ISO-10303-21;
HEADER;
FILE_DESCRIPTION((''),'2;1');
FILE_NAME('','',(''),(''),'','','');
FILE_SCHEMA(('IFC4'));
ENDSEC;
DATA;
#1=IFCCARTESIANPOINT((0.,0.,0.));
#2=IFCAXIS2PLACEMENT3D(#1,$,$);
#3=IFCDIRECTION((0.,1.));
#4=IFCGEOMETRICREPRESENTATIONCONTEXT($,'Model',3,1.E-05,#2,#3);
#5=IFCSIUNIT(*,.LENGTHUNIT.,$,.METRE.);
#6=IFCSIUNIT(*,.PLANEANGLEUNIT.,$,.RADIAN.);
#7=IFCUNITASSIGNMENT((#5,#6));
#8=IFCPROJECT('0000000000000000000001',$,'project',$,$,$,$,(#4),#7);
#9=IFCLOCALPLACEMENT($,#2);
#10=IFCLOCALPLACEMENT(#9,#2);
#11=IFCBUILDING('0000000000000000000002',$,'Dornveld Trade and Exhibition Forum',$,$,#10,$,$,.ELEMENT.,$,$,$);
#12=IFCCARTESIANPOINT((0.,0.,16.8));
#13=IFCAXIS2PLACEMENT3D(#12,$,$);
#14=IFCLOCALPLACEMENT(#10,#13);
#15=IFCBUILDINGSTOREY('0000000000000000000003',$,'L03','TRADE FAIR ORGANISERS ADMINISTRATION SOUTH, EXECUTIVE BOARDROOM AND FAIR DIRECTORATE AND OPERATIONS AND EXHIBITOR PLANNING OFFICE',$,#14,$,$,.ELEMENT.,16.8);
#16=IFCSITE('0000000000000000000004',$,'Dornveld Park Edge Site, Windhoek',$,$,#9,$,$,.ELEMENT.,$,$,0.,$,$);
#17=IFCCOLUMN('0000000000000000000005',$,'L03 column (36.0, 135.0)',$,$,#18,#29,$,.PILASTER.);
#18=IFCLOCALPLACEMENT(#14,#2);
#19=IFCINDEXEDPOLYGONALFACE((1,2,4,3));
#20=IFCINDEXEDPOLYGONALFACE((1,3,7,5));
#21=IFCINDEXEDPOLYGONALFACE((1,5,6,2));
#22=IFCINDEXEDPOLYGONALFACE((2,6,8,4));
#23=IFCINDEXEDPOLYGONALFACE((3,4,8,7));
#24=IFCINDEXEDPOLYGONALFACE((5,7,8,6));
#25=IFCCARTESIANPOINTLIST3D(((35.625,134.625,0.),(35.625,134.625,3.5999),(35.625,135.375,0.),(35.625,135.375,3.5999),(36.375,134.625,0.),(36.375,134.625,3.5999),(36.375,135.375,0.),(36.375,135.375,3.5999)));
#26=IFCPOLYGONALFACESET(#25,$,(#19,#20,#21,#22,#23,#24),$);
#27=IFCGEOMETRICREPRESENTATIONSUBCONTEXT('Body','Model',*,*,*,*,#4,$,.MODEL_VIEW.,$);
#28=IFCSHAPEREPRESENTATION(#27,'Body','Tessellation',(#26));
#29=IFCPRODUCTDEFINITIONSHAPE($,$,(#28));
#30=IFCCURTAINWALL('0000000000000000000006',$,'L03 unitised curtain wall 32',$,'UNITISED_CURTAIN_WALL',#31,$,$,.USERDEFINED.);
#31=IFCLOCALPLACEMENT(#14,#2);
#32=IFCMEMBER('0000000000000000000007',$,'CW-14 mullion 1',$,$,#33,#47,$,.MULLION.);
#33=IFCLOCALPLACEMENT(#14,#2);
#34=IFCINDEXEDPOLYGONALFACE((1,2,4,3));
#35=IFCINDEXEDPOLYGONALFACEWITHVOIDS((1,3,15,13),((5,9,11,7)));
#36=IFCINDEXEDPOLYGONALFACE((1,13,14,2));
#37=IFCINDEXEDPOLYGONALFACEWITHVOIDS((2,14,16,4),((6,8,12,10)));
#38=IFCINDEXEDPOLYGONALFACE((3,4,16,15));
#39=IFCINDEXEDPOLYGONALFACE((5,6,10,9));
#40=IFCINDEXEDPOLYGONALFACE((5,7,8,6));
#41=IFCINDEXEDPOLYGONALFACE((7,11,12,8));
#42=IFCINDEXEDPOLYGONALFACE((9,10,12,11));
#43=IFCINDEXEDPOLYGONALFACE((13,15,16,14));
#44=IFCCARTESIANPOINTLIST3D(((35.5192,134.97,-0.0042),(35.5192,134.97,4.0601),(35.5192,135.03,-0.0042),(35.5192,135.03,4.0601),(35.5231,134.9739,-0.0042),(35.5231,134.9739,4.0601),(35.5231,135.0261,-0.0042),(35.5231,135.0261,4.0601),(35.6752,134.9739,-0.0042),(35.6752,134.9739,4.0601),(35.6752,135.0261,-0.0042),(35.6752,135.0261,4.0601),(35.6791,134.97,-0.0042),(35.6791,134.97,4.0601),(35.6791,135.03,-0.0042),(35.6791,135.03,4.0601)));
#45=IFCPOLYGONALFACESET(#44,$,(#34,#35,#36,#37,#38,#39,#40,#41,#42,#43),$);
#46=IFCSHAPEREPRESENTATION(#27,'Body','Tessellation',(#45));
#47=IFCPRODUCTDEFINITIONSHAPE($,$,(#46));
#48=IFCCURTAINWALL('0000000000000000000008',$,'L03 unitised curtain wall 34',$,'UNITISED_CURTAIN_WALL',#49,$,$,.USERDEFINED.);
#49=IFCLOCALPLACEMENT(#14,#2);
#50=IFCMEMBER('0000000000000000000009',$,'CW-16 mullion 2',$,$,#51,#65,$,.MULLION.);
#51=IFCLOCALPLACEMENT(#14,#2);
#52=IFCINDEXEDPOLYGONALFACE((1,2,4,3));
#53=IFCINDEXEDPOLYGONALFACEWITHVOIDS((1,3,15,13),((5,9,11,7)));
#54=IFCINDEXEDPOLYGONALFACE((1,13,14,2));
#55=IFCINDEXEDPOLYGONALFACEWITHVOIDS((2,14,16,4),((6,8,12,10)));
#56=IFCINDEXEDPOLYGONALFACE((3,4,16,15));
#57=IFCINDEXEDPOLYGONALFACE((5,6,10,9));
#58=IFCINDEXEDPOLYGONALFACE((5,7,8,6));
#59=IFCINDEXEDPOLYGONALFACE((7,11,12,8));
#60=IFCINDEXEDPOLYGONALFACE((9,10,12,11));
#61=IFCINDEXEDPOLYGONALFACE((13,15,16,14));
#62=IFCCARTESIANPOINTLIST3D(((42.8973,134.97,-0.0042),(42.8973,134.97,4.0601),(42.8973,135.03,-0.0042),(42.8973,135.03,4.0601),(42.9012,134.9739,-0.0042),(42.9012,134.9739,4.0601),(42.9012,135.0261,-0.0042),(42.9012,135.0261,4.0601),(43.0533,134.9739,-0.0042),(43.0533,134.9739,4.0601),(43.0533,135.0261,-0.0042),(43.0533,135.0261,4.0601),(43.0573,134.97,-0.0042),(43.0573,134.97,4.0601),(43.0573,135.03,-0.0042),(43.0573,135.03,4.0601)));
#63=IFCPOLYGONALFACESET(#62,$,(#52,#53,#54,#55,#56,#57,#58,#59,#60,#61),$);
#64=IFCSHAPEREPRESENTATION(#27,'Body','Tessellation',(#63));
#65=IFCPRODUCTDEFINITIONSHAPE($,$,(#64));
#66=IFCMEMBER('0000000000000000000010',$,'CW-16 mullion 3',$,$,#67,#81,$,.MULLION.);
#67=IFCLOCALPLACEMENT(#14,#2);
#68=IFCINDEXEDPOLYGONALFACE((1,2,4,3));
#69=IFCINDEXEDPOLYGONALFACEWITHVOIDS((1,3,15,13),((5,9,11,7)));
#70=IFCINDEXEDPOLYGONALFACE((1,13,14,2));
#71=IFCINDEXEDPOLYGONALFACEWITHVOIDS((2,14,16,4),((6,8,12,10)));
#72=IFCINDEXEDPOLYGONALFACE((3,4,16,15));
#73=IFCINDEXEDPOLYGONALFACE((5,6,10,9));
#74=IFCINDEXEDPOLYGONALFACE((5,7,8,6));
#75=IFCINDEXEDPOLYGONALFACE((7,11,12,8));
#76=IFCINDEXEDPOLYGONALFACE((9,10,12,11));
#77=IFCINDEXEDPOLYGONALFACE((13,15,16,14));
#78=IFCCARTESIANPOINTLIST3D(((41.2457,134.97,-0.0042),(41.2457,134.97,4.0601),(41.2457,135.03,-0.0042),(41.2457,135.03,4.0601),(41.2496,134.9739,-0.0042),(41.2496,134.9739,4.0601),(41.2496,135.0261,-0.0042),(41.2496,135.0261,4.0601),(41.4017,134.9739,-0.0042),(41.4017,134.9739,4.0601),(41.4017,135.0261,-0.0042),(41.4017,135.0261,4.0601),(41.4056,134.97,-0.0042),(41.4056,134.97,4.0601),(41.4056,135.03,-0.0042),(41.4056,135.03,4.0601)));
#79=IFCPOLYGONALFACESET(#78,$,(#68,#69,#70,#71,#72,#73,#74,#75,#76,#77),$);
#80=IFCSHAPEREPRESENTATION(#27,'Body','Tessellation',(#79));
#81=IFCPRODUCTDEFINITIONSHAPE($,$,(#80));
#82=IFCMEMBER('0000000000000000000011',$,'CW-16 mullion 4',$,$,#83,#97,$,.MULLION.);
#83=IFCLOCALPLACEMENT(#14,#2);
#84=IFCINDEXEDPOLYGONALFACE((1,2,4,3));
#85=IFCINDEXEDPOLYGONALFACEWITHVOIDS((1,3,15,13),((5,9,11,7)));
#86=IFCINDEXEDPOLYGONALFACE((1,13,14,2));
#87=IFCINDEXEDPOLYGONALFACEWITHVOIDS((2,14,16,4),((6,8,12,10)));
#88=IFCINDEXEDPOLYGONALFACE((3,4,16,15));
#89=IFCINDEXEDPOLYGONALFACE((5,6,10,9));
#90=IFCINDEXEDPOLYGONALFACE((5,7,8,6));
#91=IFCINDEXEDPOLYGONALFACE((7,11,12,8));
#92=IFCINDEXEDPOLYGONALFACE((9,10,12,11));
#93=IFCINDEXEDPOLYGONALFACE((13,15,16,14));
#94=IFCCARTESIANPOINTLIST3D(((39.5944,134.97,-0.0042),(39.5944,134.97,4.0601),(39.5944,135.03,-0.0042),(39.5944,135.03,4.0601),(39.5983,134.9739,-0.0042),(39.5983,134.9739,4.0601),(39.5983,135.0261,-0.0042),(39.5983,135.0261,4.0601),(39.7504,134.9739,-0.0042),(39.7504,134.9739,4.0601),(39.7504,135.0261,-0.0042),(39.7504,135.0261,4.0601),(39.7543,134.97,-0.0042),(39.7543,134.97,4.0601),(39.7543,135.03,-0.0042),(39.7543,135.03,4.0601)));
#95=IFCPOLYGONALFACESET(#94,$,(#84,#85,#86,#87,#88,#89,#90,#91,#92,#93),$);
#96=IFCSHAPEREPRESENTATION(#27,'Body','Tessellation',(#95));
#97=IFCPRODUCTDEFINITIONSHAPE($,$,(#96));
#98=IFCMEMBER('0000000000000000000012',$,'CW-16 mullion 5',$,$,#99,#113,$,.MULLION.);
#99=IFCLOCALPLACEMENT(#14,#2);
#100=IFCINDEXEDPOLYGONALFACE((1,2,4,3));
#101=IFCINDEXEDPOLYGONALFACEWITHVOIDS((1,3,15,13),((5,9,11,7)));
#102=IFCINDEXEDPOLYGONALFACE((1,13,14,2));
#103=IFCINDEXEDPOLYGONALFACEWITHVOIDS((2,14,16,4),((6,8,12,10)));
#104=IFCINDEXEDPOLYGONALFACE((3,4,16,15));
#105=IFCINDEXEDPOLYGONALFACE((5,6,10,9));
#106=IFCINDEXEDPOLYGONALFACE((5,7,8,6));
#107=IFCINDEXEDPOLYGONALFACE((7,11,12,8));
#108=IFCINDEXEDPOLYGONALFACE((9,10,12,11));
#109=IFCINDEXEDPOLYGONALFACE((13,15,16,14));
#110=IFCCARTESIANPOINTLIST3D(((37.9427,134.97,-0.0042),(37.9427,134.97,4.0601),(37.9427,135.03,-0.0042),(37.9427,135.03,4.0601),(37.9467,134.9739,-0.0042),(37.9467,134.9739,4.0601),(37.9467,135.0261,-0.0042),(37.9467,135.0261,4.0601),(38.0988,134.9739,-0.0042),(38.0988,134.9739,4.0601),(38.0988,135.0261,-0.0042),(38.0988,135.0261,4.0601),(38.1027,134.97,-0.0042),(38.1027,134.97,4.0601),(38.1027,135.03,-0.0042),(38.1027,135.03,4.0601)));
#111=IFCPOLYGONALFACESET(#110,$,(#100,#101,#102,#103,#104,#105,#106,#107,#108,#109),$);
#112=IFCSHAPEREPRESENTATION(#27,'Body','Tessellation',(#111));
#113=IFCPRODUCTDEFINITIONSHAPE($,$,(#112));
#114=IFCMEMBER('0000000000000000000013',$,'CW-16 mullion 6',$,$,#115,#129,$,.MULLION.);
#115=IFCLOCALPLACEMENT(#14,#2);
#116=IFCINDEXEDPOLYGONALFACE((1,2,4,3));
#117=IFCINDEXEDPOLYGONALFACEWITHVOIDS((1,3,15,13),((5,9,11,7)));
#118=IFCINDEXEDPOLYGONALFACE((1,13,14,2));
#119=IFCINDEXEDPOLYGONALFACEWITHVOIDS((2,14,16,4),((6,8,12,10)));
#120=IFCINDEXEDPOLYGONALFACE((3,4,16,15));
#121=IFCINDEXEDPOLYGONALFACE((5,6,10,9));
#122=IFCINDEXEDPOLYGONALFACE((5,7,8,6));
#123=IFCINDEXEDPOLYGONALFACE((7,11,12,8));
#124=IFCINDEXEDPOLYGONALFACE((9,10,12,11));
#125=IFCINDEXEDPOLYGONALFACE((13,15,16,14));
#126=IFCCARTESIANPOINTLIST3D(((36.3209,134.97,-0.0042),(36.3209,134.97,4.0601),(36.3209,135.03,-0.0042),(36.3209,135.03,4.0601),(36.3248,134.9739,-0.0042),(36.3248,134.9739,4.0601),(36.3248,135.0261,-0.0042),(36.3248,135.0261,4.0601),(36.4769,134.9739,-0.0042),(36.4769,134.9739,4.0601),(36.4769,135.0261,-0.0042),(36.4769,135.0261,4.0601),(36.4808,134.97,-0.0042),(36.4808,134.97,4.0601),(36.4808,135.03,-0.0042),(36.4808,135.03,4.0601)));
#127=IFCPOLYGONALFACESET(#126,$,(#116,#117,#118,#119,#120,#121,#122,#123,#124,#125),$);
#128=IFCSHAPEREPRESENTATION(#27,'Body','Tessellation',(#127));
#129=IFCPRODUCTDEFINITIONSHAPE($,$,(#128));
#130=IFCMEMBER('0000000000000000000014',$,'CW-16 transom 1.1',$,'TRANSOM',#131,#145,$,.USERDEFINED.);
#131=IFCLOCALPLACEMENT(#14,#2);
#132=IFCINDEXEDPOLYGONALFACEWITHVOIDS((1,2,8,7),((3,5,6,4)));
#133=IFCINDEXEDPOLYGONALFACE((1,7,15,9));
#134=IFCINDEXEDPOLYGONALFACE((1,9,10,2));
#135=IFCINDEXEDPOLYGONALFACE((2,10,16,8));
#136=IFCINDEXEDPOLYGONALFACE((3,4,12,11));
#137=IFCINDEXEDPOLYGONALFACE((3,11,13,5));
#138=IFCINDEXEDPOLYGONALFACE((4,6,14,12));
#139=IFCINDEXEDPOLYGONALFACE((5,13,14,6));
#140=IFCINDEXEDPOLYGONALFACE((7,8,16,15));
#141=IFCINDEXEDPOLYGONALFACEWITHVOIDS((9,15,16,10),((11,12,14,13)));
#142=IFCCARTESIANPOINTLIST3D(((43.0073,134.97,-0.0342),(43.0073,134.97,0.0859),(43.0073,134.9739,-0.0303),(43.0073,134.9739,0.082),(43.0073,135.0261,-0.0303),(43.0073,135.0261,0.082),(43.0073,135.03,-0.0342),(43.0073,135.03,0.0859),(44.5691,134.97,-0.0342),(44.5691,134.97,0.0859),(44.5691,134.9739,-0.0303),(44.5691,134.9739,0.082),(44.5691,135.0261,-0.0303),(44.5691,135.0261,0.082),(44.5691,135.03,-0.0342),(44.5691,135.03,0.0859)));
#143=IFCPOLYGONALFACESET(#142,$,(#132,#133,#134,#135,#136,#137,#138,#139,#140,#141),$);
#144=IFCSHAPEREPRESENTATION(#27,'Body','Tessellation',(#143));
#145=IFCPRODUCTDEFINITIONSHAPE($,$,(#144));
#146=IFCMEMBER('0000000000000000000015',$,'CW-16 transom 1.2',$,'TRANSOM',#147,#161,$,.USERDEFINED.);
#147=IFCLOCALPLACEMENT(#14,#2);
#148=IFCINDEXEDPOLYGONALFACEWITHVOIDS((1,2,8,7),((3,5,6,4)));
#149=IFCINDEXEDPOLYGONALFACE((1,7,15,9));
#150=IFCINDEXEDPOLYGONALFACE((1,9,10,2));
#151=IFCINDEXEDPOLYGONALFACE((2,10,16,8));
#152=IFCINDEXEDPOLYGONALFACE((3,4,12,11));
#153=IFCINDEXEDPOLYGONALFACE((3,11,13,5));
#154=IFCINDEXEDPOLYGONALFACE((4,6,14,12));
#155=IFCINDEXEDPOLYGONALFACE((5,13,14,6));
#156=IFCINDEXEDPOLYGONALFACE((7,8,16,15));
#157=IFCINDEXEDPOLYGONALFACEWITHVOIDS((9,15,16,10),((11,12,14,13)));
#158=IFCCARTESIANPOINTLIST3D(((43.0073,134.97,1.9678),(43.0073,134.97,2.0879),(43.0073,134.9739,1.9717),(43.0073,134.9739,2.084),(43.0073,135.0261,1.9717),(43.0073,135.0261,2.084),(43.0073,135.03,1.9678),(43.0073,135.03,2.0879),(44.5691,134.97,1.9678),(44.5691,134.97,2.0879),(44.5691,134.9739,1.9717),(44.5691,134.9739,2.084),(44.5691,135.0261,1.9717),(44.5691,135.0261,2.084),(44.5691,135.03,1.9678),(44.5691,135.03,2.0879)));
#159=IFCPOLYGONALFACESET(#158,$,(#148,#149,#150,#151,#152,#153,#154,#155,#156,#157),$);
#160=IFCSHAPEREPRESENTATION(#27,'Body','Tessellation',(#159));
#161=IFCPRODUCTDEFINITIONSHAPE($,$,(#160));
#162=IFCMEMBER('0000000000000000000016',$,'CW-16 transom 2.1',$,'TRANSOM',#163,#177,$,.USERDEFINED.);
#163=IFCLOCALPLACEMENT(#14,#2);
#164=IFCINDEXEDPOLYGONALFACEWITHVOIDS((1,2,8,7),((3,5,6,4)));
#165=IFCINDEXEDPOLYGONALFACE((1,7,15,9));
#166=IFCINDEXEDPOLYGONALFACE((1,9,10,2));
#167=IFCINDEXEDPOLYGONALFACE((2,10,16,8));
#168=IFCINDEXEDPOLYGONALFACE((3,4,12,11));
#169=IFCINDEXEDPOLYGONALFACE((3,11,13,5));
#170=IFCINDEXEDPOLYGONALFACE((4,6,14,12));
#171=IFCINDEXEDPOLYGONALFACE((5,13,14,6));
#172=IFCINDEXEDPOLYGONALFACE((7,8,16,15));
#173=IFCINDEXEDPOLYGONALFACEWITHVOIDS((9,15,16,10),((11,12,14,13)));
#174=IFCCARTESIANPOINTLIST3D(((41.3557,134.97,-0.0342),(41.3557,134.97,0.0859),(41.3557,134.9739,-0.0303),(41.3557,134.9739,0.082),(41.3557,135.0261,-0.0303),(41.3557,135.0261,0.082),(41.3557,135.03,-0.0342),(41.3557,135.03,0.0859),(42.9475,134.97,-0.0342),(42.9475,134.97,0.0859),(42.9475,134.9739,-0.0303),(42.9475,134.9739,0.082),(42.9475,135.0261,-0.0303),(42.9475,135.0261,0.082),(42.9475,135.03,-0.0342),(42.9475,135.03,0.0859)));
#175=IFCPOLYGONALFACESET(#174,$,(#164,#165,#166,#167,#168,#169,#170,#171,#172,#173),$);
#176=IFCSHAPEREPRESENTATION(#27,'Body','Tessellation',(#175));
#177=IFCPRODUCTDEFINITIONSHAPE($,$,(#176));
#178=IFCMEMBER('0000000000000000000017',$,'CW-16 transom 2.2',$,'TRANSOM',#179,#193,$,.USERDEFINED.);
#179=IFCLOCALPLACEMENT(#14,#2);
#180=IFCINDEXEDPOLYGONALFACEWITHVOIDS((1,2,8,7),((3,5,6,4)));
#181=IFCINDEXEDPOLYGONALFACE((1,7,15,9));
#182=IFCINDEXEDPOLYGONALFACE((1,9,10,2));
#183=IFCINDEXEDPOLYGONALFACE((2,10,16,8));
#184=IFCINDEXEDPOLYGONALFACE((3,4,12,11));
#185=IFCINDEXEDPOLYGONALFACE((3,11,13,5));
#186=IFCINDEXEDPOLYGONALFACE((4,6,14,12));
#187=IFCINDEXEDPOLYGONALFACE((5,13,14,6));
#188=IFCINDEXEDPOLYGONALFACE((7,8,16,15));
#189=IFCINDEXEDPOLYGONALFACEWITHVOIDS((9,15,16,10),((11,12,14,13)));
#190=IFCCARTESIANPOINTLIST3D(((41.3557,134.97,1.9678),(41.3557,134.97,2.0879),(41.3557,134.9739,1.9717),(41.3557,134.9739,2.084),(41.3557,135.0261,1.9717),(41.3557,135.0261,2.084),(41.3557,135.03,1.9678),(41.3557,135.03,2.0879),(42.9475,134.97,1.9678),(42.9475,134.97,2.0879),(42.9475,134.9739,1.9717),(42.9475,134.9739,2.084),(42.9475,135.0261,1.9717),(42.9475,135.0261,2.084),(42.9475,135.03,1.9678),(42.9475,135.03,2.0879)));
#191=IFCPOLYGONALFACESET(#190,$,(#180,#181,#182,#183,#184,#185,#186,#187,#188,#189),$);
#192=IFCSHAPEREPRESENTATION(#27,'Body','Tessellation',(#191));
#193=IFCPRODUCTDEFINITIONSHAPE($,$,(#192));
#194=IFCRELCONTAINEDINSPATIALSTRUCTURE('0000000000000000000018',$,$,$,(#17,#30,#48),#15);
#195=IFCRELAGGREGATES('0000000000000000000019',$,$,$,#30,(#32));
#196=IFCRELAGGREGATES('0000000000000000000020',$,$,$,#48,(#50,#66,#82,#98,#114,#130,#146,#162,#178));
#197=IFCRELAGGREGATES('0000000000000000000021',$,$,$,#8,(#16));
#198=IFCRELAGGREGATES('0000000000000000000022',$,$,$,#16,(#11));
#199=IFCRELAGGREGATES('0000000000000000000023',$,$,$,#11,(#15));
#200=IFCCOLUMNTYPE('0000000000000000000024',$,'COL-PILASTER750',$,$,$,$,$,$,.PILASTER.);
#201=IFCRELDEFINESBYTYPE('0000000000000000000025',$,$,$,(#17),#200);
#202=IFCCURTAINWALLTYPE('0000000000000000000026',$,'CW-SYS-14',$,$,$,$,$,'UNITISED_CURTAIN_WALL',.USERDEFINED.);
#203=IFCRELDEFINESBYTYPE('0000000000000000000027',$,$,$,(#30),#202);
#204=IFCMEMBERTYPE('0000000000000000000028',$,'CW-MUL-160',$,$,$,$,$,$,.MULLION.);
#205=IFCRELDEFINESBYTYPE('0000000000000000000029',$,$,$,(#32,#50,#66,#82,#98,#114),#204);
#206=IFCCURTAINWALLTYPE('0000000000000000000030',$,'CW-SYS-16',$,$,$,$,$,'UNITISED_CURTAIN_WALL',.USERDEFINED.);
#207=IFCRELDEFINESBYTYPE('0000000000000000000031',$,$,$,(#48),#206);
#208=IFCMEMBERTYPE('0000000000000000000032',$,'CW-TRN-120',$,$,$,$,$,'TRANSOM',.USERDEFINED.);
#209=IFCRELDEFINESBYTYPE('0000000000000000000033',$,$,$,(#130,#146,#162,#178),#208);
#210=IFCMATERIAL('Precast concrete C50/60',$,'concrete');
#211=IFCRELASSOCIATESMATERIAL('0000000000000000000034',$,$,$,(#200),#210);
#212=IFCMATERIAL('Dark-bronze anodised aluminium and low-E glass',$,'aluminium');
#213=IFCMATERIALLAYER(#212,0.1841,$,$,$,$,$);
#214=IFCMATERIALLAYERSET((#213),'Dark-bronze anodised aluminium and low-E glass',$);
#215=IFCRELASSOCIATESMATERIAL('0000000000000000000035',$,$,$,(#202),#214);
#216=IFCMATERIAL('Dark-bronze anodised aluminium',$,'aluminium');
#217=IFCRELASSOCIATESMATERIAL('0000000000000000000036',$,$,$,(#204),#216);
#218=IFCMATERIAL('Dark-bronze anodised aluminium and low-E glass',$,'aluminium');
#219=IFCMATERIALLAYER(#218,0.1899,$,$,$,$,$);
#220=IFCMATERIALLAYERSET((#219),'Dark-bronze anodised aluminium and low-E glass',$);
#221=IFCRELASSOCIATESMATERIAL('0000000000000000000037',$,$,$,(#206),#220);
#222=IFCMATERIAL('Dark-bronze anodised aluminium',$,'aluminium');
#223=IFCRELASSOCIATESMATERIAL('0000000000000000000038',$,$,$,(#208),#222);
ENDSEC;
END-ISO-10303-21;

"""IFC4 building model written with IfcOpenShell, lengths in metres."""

from ifc_helpers import new_model, si_unit, direction, frame, origin, origin_2d, place, context, subcontext, project, spatial, rectangle, hollow_rectangle, extrude, material, layer, layer_set, material_profile, profile_set, type_object, element, aggregate, save


model = new_model("IFC4")

# Units and contexts
model_context = context("Model", 3, precision=1e-05, world=origin(), true_north=direction((0.0, 1.0)))
body_context = subcontext(model_context, "Body", "Model", "MODEL_VIEW")
ifc_project = project(units=[si_unit("LENGTHUNIT", "METRE"), si_unit("PLANEANGLEUNIT", "RADIAN")], contexts=[model_context])

# Site, building, storey
site_placement = place(None, origin())
site = spatial("IfcSite", under=ifc_project, at=site_placement, Name="Dornveld Park Edge Site, Windhoek", CompositionType="ELEMENT", RefElevation=0.0)
building_placement = place(site_placement, origin())
building = spatial("IfcBuilding", under=site, at=building_placement, Name="Dornveld Trade and Exhibition Forum", CompositionType="ELEMENT")
storey_placement = place(building_placement, frame((0.0, 0.0, 16.8)))
storey = spatial("IfcBuildingStorey", under=building, at=storey_placement, Name="L03", Description="TRADE FAIR ORGANISERS ADMINISTRATION SOUTH, EXECUTIVE BOARDROOM AND FAIR DIRECTORATE AND OPERATIONS AND EXHIBITOR PLANNING OFFICE", CompositionType="ELEMENT", Elevation=16.8)

# Column
ifc_material_1 = material(Name="Precast concrete C50/60", Category="concrete")
ifc_material_profile_1 = material_profile(ifc_material_1, rectangle(XDim=0.75, YDim=0.75, at=origin_2d()), Name="PC-COL 750x750")
ifc_profile_set_1 = profile_set([ifc_material_profile_1], Name="Precast concrete C50/60")
column_type = type_object("IfcColumnType", Name="COL-PILASTER750", PredefinedType="PILASTER", material=ifc_profile_set_1)
column_placement = place(storey_placement, frame((36.0, 135.0, 0.0), z_axis=(0.0, 0.0, 1.0), x_axis=(1.0, 0.0, 0.0)))
element("IfcColumn", 1, at=column_placement, inside=storey, type_object=column_type, Name="L03 column (36.0, 135.0)", PredefinedType="PILASTER", context=body_context, shape_type="SweptSolid", body=[
    extrude(rectangle(XDim=0.75, YDim=0.75, at=origin_2d()), origin(), (0.0, 0.0, 1.0), 3.5999),
])

# Curtain wall, member
ifc_material_2 = material(Name="Dark-bronze anodised aluminium and low-E glass", Category="aluminium")
ifc_layer_1 = layer(ifc_material_2, 0.1841)
ifc_layer_set_1 = layer_set([ifc_layer_1], Name="Dark-bronze anodised aluminium and low-E glass")
curtain_wall_type_1 = type_object("IfcCurtainWallType", Name="CW-SYS-14", ElementType="UNITISED_CURTAIN_WALL", PredefinedType="USERDEFINED", material=ifc_layer_set_1)
curtain_wall_1_placement = place(storey_placement, origin())
curtain_wall_1 = element("IfcCurtainWall", 2, at=curtain_wall_1_placement, inside=storey, type_object=curtain_wall_type_1, Name="L03 unitised curtain wall 32", ObjectType="UNITISED_CURTAIN_WALL", PredefinedType="USERDEFINED")
ifc_material_3 = material(Name="Dark-bronze anodised aluminium", Category="aluminium")
ifc_material_profile_2 = material_profile(ifc_material_3, hollow_rectangle(XDim=0.0601, YDim=0.1599, WallThickness=0.0039, at=origin_2d()), Name="RHS 160x60x4")
ifc_profile_set_2 = profile_set([ifc_material_profile_2], Name="Dark-bronze anodised aluminium")
member_type_1 = type_object("IfcMemberType", Name="CW-MUL-160", PredefinedType="MULLION", material=ifc_profile_set_2)
member_1_placement = place(storey_placement, frame((35.5991, 135.0, -0.0042), z_axis=(0.0, 0.0, 1.0), x_axis=(0.0, -1.0, 0.0)))
member_1 = element("IfcMember", 3, at=member_1_placement, type_object=member_type_1, Name="CW-14 mullion 1", PredefinedType="MULLION", context=body_context, shape_type="SweptSolid", body=[
    extrude(hollow_rectangle(XDim=0.0601, YDim=0.1599, WallThickness=0.0039, at=origin_2d()), origin(), (0.0, 0.0, 1.0), 4.0642),
])
aggregate(curtain_wall_1, [member_1])

# Curtain wall, members
ifc_material_4 = material(Name="Dark-bronze anodised aluminium and low-E glass", Category="aluminium")
ifc_layer_2 = layer(ifc_material_4, 0.1899)
ifc_layer_set_2 = layer_set([ifc_layer_2], Name="Dark-bronze anodised aluminium and low-E glass")
curtain_wall_type_2 = type_object("IfcCurtainWallType", Name="CW-SYS-16", ElementType="UNITISED_CURTAIN_WALL", PredefinedType="USERDEFINED", material=ifc_layer_set_2)
curtain_wall_2_placement = place(storey_placement, origin())
curtain_wall_2 = element("IfcCurtainWall", 4, at=curtain_wall_2_placement, inside=storey, type_object=curtain_wall_type_2, Name="L03 unitised curtain wall 34", ObjectType="UNITISED_CURTAIN_WALL", PredefinedType="USERDEFINED")
member_2_placement = place(storey_placement, frame((42.9773, 135.0, -0.0042), z_axis=(0.0, 0.0, 1.0), x_axis=(0.0, -1.0, 0.0)))
member_2 = element("IfcMember", 5, at=member_2_placement, type_object=member_type_1, Name="CW-16 mullion 2", PredefinedType="MULLION", context=body_context, shape_type="SweptSolid", body=[
    extrude(hollow_rectangle(XDim=0.0601, YDim=0.1599, WallThickness=0.0039, at=origin_2d()), origin(), (0.0, 0.0, 1.0), 4.0642),
])
member_3_placement = place(storey_placement, frame((41.3257, 135.0, -0.0042), z_axis=(0.0, 0.0, 1.0), x_axis=(0.0, -1.0, 0.0)))
member_3 = element("IfcMember", 6, at=member_3_placement, type_object=member_type_1, Name="CW-16 mullion 3", PredefinedType="MULLION", context=body_context, shape_type="SweptSolid", body=[
    extrude(hollow_rectangle(XDim=0.0601, YDim=0.1599, WallThickness=0.0039, at=origin_2d()), origin(), (0.0, 0.0, 1.0), 4.0642),
])
member_4_placement = place(storey_placement, frame((39.6743, 135.0, -0.0042), z_axis=(0.0, 0.0, 1.0), x_axis=(0.0, -1.0, 0.0)))
member_4 = element("IfcMember", 7, at=member_4_placement, type_object=member_type_1, Name="CW-16 mullion 4", PredefinedType="MULLION", context=body_context, shape_type="SweptSolid", body=[
    extrude(hollow_rectangle(XDim=0.0601, YDim=0.1599, WallThickness=0.0039, at=origin_2d()), origin(), (0.0, 0.0, 1.0), 4.0642),
])
member_5_placement = place(storey_placement, frame((38.0227, 135.0, -0.0042), z_axis=(0.0, 0.0, 1.0), x_axis=(0.0, -1.0, 0.0)))
member_5 = element("IfcMember", 8, at=member_5_placement, type_object=member_type_1, Name="CW-16 mullion 5", PredefinedType="MULLION", context=body_context, shape_type="SweptSolid", body=[
    extrude(hollow_rectangle(XDim=0.0601, YDim=0.1599, WallThickness=0.0039, at=origin_2d()), origin(), (0.0, 0.0, 1.0), 4.0642),
])
member_6_placement = place(storey_placement, frame((36.4009, 135.0, -0.0042), z_axis=(0.0, 0.0, 1.0), x_axis=(0.0, -1.0, 0.0)))
member_6 = element("IfcMember", 9, at=member_6_placement, type_object=member_type_1, Name="CW-16 mullion 6", PredefinedType="MULLION", context=body_context, shape_type="SweptSolid", body=[
    extrude(hollow_rectangle(XDim=0.0601, YDim=0.1599, WallThickness=0.0039, at=origin_2d()), origin(), (0.0, 0.0, 1.0), 4.0642),
])
ifc_material_5 = material(Name="Dark-bronze anodised aluminium", Category="aluminium")
ifc_material_profile_3 = material_profile(ifc_material_5, hollow_rectangle(XDim=0.0601, YDim=0.1201, WallThickness=0.0039, at=origin_2d()), Name="RHS 120x60x4")
ifc_profile_set_3 = profile_set([ifc_material_profile_3], Name="Dark-bronze anodised aluminium")
member_type_2 = type_object("IfcMemberType", Name="CW-TRN-120", ElementType="TRANSOM", PredefinedType="USERDEFINED", material=ifc_profile_set_3)
member_7_placement = place(storey_placement, frame((44.5691, 135.0, 0.0259), z_axis=(-1.0, 0.0, 0.0), x_axis=(0.0, -1.0, 0.0)))
member_7 = element("IfcMember", 10, at=member_7_placement, type_object=member_type_2, Name="CW-16 transom 1.1", ObjectType="TRANSOM", PredefinedType="USERDEFINED", context=body_context, shape_type="SweptSolid", body=[
    extrude(hollow_rectangle(XDim=0.0601, YDim=0.1201, WallThickness=0.0039, at=origin_2d()), origin(), (0.0, 0.0, 1.0), 1.5618),
])
member_8_placement = place(storey_placement, frame((44.5691, 135.0, 2.0278), z_axis=(-1.0, 0.0, 0.0), x_axis=(0.0, -1.0, 0.0)))
member_8 = element("IfcMember", 11, at=member_8_placement, type_object=member_type_2, Name="CW-16 transom 1.2", ObjectType="TRANSOM", PredefinedType="USERDEFINED", context=body_context, shape_type="SweptSolid", body=[
    extrude(hollow_rectangle(XDim=0.0601, YDim=0.1201, WallThickness=0.0039, at=origin_2d()), origin(), (0.0, 0.0, 1.0), 1.5618),
])
member_9_placement = place(storey_placement, frame((42.9475, 135.0, 0.0259), z_axis=(-1.0, 0.0, 0.0), x_axis=(0.0, -1.0, 0.0)))
member_9 = element("IfcMember", 12, at=member_9_placement, type_object=member_type_2, Name="CW-16 transom 2.1", ObjectType="TRANSOM", PredefinedType="USERDEFINED", context=body_context, shape_type="SweptSolid", body=[
    extrude(hollow_rectangle(XDim=0.0601, YDim=0.1201, WallThickness=0.0039, at=origin_2d()), origin(), (0.0, 0.0, 1.0), 1.5918),
])
member_10_placement = place(storey_placement, frame((42.9475, 135.0, 2.0278), z_axis=(-1.0, 0.0, 0.0), x_axis=(0.0, -1.0, 0.0)))
member_10 = element("IfcMember", 13, at=member_10_placement, type_object=member_type_2, Name="CW-16 transom 2.2", ObjectType="TRANSOM", PredefinedType="USERDEFINED", context=body_context, shape_type="SweptSolid", body=[
    extrude(hollow_rectangle(XDim=0.0601, YDim=0.1201, WallThickness=0.0039, at=origin_2d()), origin(), (0.0, 0.0, 1.0), 1.5918),
])

aggregate(curtain_wall_2, [member_2, member_3, member_4, member_5, member_6, member_7, member_8, member_9, member_10])

save(model, "model.ifc")
